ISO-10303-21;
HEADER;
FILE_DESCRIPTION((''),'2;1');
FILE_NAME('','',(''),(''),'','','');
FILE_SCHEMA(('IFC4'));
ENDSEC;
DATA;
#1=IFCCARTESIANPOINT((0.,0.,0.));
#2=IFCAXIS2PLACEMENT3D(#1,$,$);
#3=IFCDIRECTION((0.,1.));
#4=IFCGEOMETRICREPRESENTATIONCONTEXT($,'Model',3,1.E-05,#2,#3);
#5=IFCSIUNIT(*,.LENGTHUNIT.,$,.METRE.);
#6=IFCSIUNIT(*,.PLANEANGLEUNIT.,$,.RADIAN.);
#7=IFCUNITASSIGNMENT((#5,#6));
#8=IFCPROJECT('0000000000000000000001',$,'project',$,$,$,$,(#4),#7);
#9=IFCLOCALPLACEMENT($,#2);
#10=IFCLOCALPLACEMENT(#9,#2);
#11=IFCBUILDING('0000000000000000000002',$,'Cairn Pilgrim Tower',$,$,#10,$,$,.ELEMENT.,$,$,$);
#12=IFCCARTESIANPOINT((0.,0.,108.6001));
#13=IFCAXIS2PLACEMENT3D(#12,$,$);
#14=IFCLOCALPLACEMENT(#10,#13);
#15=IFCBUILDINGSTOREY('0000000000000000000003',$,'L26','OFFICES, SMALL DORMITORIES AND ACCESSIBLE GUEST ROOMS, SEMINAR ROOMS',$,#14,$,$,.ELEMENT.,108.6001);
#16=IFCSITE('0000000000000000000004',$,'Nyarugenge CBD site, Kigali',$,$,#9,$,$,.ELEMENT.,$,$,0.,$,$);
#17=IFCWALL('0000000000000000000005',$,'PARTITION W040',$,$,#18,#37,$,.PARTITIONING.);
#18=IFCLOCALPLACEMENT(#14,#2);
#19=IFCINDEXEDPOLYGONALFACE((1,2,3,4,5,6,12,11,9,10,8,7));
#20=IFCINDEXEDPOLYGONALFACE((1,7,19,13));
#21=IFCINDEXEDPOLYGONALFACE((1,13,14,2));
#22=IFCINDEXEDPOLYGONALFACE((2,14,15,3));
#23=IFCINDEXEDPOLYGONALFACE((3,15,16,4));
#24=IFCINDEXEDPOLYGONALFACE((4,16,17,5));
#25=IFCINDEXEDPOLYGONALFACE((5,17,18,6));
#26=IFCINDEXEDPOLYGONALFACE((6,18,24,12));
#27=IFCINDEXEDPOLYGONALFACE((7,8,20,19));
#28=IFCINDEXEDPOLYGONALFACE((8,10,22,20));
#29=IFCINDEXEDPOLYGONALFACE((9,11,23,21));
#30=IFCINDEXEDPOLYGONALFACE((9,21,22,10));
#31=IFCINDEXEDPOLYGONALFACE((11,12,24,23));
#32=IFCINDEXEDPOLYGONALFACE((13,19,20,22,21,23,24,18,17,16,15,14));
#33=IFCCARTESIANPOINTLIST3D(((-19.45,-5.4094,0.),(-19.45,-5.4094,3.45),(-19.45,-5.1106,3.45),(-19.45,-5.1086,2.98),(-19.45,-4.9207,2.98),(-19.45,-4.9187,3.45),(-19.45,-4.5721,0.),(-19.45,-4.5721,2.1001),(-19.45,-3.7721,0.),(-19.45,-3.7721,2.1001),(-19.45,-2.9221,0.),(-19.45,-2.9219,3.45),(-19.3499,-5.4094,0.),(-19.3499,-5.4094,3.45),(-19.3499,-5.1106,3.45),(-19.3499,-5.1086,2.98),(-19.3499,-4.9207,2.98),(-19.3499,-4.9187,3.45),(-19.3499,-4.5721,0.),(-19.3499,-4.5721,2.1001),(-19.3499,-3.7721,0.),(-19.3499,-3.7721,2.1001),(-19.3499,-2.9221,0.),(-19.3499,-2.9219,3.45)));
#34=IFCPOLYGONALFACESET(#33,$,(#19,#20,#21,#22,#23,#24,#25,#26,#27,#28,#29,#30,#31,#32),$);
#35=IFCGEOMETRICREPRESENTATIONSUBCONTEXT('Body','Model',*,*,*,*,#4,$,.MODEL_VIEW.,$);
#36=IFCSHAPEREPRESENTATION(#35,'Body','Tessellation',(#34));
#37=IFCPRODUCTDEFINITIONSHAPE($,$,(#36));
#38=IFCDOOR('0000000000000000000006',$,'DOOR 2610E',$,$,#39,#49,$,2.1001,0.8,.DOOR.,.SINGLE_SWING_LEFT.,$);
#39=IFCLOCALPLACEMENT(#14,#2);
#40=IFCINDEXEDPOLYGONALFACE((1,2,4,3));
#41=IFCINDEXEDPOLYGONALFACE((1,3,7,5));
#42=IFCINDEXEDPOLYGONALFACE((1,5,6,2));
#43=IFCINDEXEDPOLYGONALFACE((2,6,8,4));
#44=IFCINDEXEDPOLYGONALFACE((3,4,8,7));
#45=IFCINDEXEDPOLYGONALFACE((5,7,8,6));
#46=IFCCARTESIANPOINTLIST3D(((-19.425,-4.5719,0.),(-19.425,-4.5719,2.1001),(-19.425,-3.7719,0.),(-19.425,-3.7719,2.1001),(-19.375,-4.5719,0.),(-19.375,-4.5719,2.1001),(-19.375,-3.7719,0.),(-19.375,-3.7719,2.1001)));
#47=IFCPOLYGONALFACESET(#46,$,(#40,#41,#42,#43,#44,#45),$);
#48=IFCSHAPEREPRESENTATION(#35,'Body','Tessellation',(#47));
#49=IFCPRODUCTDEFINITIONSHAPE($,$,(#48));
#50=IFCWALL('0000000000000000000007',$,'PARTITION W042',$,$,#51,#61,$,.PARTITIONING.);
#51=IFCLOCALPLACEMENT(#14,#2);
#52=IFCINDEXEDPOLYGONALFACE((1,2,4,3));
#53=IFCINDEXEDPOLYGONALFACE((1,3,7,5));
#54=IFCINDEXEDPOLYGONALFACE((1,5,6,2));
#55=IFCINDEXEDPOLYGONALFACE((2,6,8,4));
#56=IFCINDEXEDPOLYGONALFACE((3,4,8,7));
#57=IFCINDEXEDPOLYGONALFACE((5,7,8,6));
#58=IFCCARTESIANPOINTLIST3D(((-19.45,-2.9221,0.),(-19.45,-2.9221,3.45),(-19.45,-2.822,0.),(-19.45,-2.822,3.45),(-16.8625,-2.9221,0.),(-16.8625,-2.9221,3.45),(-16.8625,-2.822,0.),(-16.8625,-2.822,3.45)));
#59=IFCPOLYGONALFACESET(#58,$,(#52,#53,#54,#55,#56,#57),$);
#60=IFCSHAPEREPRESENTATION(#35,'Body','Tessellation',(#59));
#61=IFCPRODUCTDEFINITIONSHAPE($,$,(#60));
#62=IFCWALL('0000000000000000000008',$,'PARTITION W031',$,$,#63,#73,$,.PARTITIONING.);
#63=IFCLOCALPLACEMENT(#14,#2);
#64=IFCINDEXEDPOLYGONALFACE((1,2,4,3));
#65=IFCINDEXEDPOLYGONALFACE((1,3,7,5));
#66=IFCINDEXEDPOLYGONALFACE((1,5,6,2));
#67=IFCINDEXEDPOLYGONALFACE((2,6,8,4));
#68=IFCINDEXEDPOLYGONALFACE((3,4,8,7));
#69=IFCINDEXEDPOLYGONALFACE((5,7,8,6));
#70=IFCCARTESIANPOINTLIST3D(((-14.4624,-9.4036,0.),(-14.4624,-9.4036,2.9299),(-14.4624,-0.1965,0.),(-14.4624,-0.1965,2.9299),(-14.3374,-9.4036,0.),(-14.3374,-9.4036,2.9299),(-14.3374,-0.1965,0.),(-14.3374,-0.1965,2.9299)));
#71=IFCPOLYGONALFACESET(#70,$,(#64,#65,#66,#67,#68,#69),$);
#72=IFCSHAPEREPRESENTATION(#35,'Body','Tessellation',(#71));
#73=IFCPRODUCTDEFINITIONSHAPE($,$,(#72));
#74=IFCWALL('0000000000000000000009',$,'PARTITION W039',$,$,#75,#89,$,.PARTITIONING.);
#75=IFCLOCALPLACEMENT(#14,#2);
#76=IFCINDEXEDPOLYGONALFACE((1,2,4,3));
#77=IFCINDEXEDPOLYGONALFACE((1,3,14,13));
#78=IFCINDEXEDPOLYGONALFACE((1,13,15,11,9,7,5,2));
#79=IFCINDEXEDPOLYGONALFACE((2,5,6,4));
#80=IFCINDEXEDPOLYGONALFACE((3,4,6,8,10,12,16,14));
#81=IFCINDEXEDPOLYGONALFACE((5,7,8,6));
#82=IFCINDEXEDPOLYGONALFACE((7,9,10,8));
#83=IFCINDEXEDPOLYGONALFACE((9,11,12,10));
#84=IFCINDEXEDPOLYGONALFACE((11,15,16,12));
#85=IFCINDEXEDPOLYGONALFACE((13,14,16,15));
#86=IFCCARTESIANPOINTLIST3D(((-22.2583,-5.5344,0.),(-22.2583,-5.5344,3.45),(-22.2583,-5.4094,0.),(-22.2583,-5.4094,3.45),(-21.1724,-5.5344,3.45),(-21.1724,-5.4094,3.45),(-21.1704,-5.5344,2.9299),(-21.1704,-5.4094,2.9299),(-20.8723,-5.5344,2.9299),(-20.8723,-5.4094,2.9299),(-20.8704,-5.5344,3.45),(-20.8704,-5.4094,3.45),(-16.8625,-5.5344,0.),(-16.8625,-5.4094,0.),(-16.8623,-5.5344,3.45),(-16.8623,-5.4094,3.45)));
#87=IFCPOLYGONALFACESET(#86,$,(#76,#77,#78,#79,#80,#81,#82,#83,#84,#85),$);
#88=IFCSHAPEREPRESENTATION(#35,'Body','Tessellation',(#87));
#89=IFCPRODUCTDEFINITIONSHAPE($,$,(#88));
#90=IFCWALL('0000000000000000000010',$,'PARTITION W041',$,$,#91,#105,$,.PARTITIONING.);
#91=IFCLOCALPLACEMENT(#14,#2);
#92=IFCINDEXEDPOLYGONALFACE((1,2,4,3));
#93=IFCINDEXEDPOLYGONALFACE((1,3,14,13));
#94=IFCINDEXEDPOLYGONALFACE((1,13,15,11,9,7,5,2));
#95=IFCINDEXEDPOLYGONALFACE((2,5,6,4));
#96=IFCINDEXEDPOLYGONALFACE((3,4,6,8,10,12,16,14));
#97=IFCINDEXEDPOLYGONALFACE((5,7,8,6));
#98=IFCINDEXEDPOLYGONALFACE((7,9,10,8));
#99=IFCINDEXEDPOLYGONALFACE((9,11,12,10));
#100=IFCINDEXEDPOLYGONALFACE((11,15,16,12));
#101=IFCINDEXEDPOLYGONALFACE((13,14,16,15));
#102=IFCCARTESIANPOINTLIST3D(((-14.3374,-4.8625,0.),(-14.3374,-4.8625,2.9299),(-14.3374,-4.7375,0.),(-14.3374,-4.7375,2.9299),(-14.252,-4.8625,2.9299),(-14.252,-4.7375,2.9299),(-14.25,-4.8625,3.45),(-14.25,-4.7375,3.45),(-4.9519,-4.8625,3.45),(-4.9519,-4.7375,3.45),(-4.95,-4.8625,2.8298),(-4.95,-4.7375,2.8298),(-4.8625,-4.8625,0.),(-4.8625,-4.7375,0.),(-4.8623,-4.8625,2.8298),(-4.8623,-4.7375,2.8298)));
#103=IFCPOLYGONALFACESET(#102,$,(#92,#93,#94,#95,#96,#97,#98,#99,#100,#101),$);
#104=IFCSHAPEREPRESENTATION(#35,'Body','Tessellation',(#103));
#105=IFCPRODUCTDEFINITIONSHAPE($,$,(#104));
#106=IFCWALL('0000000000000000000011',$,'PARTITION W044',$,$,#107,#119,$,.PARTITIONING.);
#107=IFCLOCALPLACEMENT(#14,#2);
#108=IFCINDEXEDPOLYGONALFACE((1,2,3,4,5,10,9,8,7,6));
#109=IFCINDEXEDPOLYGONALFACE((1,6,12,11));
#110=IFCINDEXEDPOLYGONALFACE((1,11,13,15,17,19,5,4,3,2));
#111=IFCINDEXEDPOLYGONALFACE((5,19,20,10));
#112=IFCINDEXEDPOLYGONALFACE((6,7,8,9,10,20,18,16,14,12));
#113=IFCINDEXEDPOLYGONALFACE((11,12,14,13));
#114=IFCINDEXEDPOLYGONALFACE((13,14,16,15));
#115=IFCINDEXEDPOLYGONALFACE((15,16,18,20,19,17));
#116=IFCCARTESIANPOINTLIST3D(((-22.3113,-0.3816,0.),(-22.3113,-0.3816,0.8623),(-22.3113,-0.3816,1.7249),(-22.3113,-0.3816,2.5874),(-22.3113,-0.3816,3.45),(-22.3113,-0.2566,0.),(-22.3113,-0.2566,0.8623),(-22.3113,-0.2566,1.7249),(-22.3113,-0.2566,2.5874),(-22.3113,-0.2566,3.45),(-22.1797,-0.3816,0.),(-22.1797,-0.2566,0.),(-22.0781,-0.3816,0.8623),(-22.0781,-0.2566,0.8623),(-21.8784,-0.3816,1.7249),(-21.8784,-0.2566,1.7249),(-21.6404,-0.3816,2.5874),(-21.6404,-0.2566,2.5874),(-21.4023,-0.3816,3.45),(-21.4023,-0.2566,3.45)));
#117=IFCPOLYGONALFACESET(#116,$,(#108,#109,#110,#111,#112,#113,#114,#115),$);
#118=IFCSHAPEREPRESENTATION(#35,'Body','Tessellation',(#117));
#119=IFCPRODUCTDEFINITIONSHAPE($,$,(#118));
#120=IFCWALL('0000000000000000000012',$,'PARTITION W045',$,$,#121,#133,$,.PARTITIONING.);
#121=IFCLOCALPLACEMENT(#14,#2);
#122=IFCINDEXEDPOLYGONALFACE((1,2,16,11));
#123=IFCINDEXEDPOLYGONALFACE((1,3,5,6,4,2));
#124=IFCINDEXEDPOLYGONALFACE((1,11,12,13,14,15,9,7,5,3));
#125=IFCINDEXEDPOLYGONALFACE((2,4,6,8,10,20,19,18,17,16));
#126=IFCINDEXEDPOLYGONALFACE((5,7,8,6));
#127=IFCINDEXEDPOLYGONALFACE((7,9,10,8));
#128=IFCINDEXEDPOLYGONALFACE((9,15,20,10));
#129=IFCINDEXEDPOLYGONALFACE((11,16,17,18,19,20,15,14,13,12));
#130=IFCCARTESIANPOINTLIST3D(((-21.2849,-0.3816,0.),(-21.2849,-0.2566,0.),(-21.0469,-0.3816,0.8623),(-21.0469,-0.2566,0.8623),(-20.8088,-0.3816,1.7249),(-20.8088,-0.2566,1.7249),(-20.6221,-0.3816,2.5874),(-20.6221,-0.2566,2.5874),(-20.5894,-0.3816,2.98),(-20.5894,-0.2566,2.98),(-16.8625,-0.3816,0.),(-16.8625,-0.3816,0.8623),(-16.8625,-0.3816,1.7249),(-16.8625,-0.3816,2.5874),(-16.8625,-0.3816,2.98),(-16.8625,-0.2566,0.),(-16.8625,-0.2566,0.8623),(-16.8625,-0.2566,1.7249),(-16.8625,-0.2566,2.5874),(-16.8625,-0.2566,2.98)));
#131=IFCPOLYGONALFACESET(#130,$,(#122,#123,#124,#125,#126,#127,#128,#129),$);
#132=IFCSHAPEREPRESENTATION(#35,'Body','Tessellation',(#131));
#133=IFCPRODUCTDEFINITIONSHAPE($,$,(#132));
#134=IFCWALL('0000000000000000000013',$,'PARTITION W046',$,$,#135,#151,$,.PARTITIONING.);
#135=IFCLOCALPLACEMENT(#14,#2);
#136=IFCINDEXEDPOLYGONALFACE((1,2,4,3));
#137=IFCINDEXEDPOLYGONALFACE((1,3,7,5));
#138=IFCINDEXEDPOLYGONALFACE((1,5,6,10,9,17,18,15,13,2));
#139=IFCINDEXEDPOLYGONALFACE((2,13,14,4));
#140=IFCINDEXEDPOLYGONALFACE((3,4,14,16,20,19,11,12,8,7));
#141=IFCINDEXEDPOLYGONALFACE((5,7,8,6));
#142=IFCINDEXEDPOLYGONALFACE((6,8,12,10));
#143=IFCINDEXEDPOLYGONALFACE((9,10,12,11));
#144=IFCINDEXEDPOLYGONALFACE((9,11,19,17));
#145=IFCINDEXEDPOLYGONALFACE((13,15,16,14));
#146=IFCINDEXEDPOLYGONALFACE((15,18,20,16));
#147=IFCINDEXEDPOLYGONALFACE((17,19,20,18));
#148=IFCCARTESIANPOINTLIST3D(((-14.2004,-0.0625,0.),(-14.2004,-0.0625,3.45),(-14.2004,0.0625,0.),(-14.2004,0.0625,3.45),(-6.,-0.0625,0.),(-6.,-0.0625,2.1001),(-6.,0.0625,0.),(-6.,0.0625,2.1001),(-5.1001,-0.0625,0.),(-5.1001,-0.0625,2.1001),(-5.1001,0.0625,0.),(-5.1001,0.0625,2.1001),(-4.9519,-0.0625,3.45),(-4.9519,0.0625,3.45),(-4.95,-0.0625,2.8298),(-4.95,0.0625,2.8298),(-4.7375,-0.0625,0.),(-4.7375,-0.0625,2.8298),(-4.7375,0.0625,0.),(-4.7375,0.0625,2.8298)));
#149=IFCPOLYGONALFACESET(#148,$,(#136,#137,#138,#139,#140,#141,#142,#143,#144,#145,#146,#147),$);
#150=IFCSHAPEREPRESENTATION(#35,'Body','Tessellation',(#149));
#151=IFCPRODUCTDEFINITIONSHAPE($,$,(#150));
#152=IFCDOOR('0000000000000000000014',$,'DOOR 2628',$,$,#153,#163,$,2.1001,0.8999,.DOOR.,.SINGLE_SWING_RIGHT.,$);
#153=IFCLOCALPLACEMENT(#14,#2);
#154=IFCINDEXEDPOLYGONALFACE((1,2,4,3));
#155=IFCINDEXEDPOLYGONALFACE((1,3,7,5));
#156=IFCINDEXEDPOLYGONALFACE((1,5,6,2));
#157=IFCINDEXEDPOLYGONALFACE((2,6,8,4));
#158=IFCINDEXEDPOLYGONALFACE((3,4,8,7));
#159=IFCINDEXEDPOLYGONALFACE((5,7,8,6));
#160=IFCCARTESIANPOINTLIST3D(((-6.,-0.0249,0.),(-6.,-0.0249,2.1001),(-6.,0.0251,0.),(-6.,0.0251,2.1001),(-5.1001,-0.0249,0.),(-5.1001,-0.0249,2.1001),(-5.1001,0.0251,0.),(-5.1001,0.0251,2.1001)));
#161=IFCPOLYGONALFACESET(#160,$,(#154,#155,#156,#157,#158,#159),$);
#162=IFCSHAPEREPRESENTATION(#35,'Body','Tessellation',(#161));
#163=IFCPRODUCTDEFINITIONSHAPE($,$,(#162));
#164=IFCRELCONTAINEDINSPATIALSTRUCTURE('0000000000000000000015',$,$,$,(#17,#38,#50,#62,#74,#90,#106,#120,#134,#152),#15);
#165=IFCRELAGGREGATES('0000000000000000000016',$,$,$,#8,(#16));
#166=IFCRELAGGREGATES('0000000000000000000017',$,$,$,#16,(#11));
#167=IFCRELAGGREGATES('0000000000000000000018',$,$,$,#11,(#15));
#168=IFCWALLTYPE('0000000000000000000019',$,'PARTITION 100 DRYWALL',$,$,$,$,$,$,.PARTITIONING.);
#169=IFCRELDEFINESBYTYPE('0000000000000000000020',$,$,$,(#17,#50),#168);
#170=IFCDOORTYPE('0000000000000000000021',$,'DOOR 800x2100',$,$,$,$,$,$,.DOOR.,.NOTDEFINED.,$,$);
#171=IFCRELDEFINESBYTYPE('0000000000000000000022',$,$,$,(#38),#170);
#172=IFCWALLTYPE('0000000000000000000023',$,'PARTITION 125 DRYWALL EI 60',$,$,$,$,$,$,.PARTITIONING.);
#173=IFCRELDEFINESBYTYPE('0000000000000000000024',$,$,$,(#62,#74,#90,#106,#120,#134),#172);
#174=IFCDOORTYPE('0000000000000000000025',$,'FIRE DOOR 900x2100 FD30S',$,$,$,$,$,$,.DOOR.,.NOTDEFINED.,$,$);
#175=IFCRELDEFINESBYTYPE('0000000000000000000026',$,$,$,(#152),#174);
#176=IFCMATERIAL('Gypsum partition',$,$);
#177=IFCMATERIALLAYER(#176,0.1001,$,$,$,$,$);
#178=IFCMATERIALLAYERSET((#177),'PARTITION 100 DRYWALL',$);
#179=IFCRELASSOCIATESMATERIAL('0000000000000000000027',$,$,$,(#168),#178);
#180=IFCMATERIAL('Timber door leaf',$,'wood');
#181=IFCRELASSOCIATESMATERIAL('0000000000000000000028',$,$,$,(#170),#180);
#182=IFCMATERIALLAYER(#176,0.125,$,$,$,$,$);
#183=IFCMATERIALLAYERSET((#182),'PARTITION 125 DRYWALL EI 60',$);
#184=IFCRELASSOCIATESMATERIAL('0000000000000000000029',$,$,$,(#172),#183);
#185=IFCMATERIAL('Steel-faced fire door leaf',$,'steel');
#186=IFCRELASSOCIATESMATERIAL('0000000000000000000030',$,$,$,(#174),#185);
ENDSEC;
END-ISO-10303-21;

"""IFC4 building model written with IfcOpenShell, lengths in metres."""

from ifc_helpers import new_model, si_unit, direction, frame, frame_2d, origin, place, context, subcontext, project, spatial, polyline, rectangle, outline, extrude, material, layer, layer_set, type_object, element, fill, save


model = new_model("IFC4")

# Units and contexts
model_context = context("Model", 3, precision=1e-05, world=origin(), true_north=direction((0.0, 1.0)))
body_context = subcontext(model_context, "Body", "Model", "MODEL_VIEW")
ifc_project = project(units=[si_unit("LENGTHUNIT", "METRE"), si_unit("PLANEANGLEUNIT", "RADIAN")], contexts=[model_context])

# Site, building, storey
site_placement = place(None, origin())
site = spatial("IfcSite", under=ifc_project, at=site_placement, Name="Nyarugenge CBD site, Kigali", CompositionType="ELEMENT", RefElevation=0.0)
building_placement = place(site_placement, origin())
building = spatial("IfcBuilding", under=site, at=building_placement, Name="Cairn Pilgrim Tower", CompositionType="ELEMENT")
storey_placement = place(building_placement, frame((0.0, 0.0, 108.6001)))
storey = spatial("IfcBuildingStorey", under=building, at=storey_placement, Name="L26", Description="OFFICES, SMALL DORMITORIES AND ACCESSIBLE GUEST ROOMS, SEMINAR ROOMS", CompositionType="ELEMENT", Elevation=108.6001)

# Shared definitions
ifc_material_1 = material(Name="Gypsum partition")
ifc_layer_1 = layer(ifc_material_1, 0.1001)
ifc_layer_set_1 = layer_set([ifc_layer_1], Name="PARTITION 100 DRYWALL")
wall_type_1 = type_object("IfcWallType", Name="PARTITION 100 DRYWALL", PredefinedType="PARTITIONING", material=ifc_layer_set_1)

# Wall, opening, door
ifc_material_2 = material(Name="Timber door leaf", Category="wood")
door_type_1 = type_object("IfcDoorType", Name="DOOR 800x2100", OperationType="NOTDEFINED", PredefinedType="DOOR", material=ifc_material_2)
wall_1_placement = place(storey_placement, frame((-19.3999, -5.4094, 0.0), z_axis=(0.0, 0.0, 1.0), x_axis=(0.0, 1.0, 0.0)))
wall_1 = element("IfcWall", 1, at=wall_1_placement, inside=storey, type_object=wall_type_1, Name="PARTITION W040", PredefinedType="PARTITIONING", context=body_context, shape_type="SweptSolid", body=[
    extrude(outline(polyline([(0.0, 0.0), (2.4873, 0.0), (2.4875, 3.45), (0.4907, 3.45), (0.4888, 2.98), (0.3008, 2.98), (0.2988, 3.45), (0.0, 3.45), (0.0, 0.0)])), frame((0.0, 0.05, 0.0), z_axis=(0.0, -1.0, 0.0), x_axis=(1.0, 0.0, 0.0)), (0.0, 0.0, 1.0), 0.1001),
])
opening_1_placement = place(wall_1_placement, frame((0.8374, 0.0, 0.0)))
opening_1 = element("IfcOpeningElement", 2, at=opening_1_placement, cuts=wall_1, PredefinedType="OPENING", context=body_context, shape_type="SweptSolid", body=[
    extrude(rectangle(XDim=0.8, YDim=2.1001, at=frame_2d((0.3999, 1.05))), frame((0.0, 0.0601, 0.0), z_axis=(0.0, -1.0, 0.0), x_axis=(1.0, 0.0, 0.0)), (0.0, 0.0, 1.0), 0.1201),
])
door_1_placement = place(opening_1_placement, frame((0.8, 0.0, 0.0), z_axis=(0.0, 0.0, 1.0), x_axis=(-1.0, 0.0, 0.0)))
door_1 = element("IfcDoor", 3, at=door_1_placement, inside=storey, type_object=door_type_1, Name="DOOR 2610E", OperationType="SINGLE_SWING_LEFT", OverallHeight=2.1001, OverallWidth=0.8, PredefinedType="DOOR", context=body_context, shape_type="SweptSolid", body=[
    extrude(rectangle(XDim=0.8, YDim=2.1001, at=frame_2d((0.3999, 1.05))), frame((0.0, 0.0249, 0.0), z_axis=(0.0, -1.0, 0.0), x_axis=(1.0, 0.0, 0.0)), (0.0, 0.0, 1.0), 0.05),
])
fill(opening_1, door_1)

# Walls
wall_2_placement = place(storey_placement, frame((-19.45, -2.8721, 0.0), z_axis=(0.0, 0.0, 1.0), x_axis=(1.0, 0.0, 0.0)))
element("IfcWall", 4, at=wall_2_placement, inside=storey, type_object=wall_type_1, Name="PARTITION W042", PredefinedType="PARTITIONING", context=body_context, shape_type="SweptSolid", body=[
    extrude(rectangle(XDim=2.5874, YDim=0.1001, at=frame_2d((1.2937, 0.0))), origin(), (0.0, 0.0, 1.0), 3.45),
])
ifc_layer_2 = layer(ifc_material_1, 0.125)
ifc_layer_set_2 = layer_set([ifc_layer_2], Name="PARTITION 125 DRYWALL EI 60")
wall_type_2 = type_object("IfcWallType", Name="PARTITION 125 DRYWALL EI 60", PredefinedType="PARTITIONING", material=ifc_layer_set_2)
wall_3_placement = place(storey_placement, frame((-14.3999, -9.4036, 0.0), z_axis=(0.0, 0.0, 1.0), x_axis=(0.0, 1.0, 0.0)))
element("IfcWall", 5, at=wall_3_placement, inside=storey, type_object=wall_type_2, Name="PARTITION W031", PredefinedType="PARTITIONING", context=body_context, shape_type="SweptSolid", body=[
    extrude(rectangle(XDim=9.207, YDim=0.125, at=frame_2d((4.6035, 0.0))), origin(), (0.0, 0.0, 1.0), 2.9299),
])
wall_4_placement = place(storey_placement, frame((-22.2583, -5.4719, 0.0), z_axis=(0.0, 0.0, 1.0), x_axis=(1.0, 0.0, 0.0)))
element("IfcWall", 6, at=wall_4_placement, inside=storey, type_object=wall_type_2, Name="PARTITION W039", PredefinedType="PARTITIONING", context=body_context, shape_type="SweptSolid", body=[
    extrude(outline(polyline([(0.0, 0.0), (5.3958, 0.0), (5.396, 3.45), (1.3879, 3.45), (1.386, 2.9299), (1.0879, 2.9299), (1.0859, 3.45), (0.0, 3.45), (0.0, 0.0)])), frame((0.0, 0.0625, 0.0), z_axis=(0.0, -1.0, 0.0), x_axis=(1.0, 0.0, 0.0)), (0.0, 0.0, 1.0), 0.125),
])
wall_5_placement = place(storey_placement, frame((-14.3374, -4.8, 0.0), z_axis=(0.0, 0.0, 1.0), x_axis=(1.0, 0.0, 0.0)))
element("IfcWall", 7, at=wall_5_placement, inside=storey, type_object=wall_type_2, Name="PARTITION W041", PredefinedType="PARTITIONING", context=body_context, shape_type="SweptSolid", body=[
    extrude(outline(polyline([(0.0, 0.0), (9.4749, 0.0), (9.4751, 2.8298), (9.3875, 2.8298), (9.3855, 3.45), (0.0874, 3.45), (0.0854, 2.9299), (0.0, 2.9299), (0.0, 0.0)])), frame((0.0, 0.0625, 0.0), z_axis=(0.0, -1.0, 0.0), x_axis=(1.0, 0.0, 0.0)), (0.0, 0.0, 1.0), 0.125),
])
wall_6_placement = place(storey_placement, frame((-22.3113, -0.3191, 0.0), z_axis=(0.0, 0.0, 1.0), x_axis=(1.0, 0.0, 0.0)))
element("IfcWall", 8, at=wall_6_placement, inside=storey, type_object=wall_type_2, Name="PARTITION W044", PredefinedType="PARTITIONING", context=body_context, shape_type="SweptSolid", body=[
    extrude(outline(polyline([(0.0, 0.0), (0.1316, 0.0), (0.2332, 0.8623), (0.4329, 1.7249), (0.6709, 2.5874), (0.9089, 3.45), (0.0, 3.45), (0.0, 2.5874), (0.0, 1.7249), (0.0, 0.8623), (0.0, 0.0)])), frame((0.0, 0.0625, 0.0), z_axis=(0.0, -1.0, 0.0), x_axis=(1.0, 0.0, 0.0)), (0.0, 0.0, 1.0), 0.125),
])
wall_7_placement = place(storey_placement, frame((-21.2849, -0.3191, 0.0), z_axis=(0.0, 0.0, 1.0), x_axis=(1.0, 0.0, 0.0)))
element("IfcWall", 9, at=wall_7_placement, inside=storey, type_object=wall_type_2, Name="PARTITION W045", PredefinedType="PARTITIONING", context=body_context, shape_type="SweptSolid", body=[
    extrude(outline(polyline([(0.0, 0.0), (4.4224, 0.0), (4.4224, 0.8623), (4.4224, 1.7249), (4.4224, 2.5874), (4.4224, 2.98), (0.6956, 2.98), (0.6628, 2.5874), (0.4761, 1.7249), (0.238, 0.8623), (0.0, 0.0)])), frame((0.0, 0.0625, 0.0), z_axis=(0.0, -1.0, 0.0), x_axis=(1.0, 0.0, 0.0)), (0.0, 0.0, 1.0), 0.125),
])

# Wall, opening, door
wall_8_placement = place(storey_placement, frame((-14.2004, 0.0, 0.0), z_axis=(0.0, 0.0, 1.0), x_axis=(1.0, 0.0, 0.0)))
wall_8 = element("IfcWall", 10, at=wall_8_placement, inside=storey, type_object=wall_type_2, Name="PARTITION W046", PredefinedType="PARTITIONING", context=body_context, shape_type="SweptSolid", body=[
    extrude(outline(polyline([(0.0, 0.0), (9.4629, 0.0), (9.4629, 2.8298), (9.2505, 2.8298), (9.2485, 3.45), (0.0, 3.45), (0.0, 0.0)])), frame((0.0, 0.0625, 0.0), z_axis=(0.0, -1.0, 0.0), x_axis=(1.0, 0.0, 0.0)), (0.0, 0.0, 1.0), 0.125),
])
opening_2_placement = place(wall_8_placement, frame((8.2004, 0.0, 0.0)))
opening_2 = element("IfcOpeningElement", 11, at=opening_2_placement, cuts=wall_8, PredefinedType="OPENING", context=body_context, shape_type="SweptSolid", body=[
    extrude(rectangle(XDim=0.8999, YDim=2.1001, at=frame_2d((0.45, 1.05))), frame((0.0, 0.0725, 0.0), z_axis=(0.0, -1.0, 0.0), x_axis=(1.0, 0.0, 0.0)), (0.0, 0.0, 1.0), 0.145),
])
ifc_material_3 = material(Name="Steel-faced fire door leaf", Category="steel")
door_type_2 = type_object("IfcDoorType", Name="FIRE DOOR 900x2100 FD30S", OperationType="NOTDEFINED", PredefinedType="DOOR", material=ifc_material_3)
door_2_placement = place(opening_2_placement, frame((0.8999, 0.0, 0.0), z_axis=(0.0, 0.0, 1.0), x_axis=(-1.0, 0.0, 0.0)))
door_2 = element("IfcDoor", 12, at=door_2_placement, inside=storey, type_object=door_type_2, Name="DOOR 2628", OperationType="SINGLE_SWING_RIGHT", OverallHeight=2.1001, OverallWidth=0.8999, PredefinedType="DOOR", context=body_context, shape_type="SweptSolid", body=[
    extrude(rectangle(XDim=0.8999, YDim=2.1001, at=frame_2d((0.45, 1.05))), frame((0.0, 0.0249, 0.0), z_axis=(0.0, -1.0, 0.0), x_axis=(1.0, 0.0, 0.0)), (0.0, 0.0, 1.0), 0.05),
])
fill(opening_2, door_2)

save(model, "model.ifc")
